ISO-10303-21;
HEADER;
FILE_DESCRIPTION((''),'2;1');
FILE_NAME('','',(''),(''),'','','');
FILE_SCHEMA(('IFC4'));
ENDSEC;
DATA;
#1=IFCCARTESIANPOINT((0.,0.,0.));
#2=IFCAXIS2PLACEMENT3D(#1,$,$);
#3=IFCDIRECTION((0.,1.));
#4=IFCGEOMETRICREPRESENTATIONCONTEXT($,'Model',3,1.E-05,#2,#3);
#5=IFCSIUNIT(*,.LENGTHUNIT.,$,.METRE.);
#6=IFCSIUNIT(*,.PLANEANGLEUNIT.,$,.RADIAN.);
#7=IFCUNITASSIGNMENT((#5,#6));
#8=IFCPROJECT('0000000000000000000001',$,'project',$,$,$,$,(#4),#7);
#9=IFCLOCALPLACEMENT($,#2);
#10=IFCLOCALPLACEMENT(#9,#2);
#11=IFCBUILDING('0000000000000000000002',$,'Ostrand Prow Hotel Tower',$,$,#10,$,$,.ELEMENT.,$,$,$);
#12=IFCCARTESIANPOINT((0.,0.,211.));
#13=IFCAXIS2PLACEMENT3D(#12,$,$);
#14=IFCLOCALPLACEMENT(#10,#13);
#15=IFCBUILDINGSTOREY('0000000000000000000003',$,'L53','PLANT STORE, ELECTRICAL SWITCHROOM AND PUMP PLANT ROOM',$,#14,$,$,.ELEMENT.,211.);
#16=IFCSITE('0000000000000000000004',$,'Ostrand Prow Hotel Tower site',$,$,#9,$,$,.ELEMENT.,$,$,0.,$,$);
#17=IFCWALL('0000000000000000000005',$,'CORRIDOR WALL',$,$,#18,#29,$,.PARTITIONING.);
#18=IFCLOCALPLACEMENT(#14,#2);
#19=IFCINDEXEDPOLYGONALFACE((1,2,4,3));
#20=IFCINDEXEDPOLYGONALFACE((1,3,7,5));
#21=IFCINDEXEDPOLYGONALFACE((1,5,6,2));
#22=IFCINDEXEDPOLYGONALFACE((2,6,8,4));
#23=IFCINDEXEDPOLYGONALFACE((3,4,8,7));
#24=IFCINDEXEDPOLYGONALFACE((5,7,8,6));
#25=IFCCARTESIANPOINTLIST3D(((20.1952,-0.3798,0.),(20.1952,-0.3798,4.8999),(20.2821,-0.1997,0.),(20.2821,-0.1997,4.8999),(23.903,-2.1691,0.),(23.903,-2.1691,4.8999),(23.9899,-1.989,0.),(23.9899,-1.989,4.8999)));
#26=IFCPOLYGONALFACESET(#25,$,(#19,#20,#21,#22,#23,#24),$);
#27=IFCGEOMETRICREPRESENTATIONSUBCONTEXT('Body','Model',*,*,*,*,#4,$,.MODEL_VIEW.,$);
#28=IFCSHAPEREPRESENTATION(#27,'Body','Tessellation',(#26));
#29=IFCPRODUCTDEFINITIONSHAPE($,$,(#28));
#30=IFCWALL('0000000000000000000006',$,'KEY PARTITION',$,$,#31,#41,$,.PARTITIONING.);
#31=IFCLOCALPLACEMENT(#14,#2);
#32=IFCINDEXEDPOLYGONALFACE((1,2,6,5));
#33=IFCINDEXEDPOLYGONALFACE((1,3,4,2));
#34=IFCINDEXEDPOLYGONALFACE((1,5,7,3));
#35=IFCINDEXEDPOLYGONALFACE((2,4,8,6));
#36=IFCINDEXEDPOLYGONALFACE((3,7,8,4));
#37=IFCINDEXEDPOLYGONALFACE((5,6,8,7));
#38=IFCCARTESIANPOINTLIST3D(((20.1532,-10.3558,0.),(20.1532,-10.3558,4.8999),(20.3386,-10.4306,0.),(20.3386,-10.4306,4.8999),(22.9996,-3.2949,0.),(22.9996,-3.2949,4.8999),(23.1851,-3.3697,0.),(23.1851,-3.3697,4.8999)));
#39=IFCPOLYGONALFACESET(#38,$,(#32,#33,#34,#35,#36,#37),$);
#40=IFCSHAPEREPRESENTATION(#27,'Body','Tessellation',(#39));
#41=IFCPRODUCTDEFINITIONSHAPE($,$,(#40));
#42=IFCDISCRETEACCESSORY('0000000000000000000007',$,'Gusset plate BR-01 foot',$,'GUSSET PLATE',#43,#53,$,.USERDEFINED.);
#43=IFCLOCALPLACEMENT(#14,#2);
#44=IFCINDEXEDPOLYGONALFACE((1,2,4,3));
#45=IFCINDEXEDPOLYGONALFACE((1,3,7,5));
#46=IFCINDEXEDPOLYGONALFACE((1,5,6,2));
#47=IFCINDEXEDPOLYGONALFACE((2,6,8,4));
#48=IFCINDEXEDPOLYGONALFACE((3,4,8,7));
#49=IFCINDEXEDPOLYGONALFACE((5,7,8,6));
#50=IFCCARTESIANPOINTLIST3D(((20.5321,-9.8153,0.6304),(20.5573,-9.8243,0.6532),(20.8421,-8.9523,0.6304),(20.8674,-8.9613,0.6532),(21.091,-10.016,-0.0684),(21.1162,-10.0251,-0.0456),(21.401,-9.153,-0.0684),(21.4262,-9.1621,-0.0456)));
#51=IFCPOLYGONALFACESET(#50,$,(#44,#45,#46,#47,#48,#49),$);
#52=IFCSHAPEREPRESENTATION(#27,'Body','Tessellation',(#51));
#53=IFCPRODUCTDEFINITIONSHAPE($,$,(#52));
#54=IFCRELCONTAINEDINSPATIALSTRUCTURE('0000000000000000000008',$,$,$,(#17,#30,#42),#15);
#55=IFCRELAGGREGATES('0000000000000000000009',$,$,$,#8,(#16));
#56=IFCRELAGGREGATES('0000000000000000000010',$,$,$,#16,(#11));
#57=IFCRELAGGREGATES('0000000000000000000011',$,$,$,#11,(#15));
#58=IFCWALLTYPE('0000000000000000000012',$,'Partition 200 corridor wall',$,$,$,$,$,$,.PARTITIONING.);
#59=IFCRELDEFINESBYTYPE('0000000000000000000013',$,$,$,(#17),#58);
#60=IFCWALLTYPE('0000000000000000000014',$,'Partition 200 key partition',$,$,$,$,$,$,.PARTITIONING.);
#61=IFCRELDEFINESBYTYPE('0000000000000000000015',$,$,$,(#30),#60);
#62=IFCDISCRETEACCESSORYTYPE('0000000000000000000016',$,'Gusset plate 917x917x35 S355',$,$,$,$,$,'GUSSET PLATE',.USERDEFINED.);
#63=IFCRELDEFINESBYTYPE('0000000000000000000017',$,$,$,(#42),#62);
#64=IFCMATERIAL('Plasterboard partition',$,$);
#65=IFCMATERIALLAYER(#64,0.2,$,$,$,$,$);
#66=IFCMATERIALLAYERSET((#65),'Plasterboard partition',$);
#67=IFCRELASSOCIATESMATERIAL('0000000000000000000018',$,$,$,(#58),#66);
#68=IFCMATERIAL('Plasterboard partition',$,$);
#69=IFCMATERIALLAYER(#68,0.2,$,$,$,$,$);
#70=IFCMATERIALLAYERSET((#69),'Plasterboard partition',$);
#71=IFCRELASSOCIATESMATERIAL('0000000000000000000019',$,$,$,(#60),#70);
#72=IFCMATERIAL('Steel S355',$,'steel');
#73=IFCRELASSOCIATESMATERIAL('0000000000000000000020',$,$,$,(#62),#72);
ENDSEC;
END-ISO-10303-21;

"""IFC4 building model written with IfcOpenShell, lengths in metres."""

from ifc_helpers import new_model, si_unit, direction, frame, frame_2d, origin, origin_2d, place, context, subcontext, project, spatial, rectangle, extrude, material, layer, layer_set, material_profile, profile_set, type_object, element, save


model = new_model("IFC4")

# Units and contexts
model_context = context("Model", 3, precision=1e-05, world=origin(), true_north=direction((0.0, 1.0)))
body_context = subcontext(model_context, "Body", "Model", "MODEL_VIEW")
ifc_project = project(units=[si_unit("LENGTHUNIT", "METRE"), si_unit("PLANEANGLEUNIT", "RADIAN")], contexts=[model_context])

# Site, building, storey
site_placement = place(None, origin())
site = spatial("IfcSite", under=ifc_project, at=site_placement, Name="Ostrand Prow Hotel Tower site", CompositionType="ELEMENT", RefElevation=0.0)
building_placement = place(site_placement, origin())
building = spatial("IfcBuilding", under=site, at=building_placement, Name="Ostrand Prow Hotel Tower", CompositionType="ELEMENT")
storey_placement = place(building_placement, frame((0.0, 0.0, 211.0)))
storey = spatial("IfcBuildingStorey", under=building, at=storey_placement, Name="L53", Description="PLANT STORE, ELECTRICAL SWITCHROOM AND PUMP PLANT ROOM", CompositionType="ELEMENT", Elevation=211.0)

# Shared definitions
ifc_material_1 = material(Name="Plasterboard partition")
ifc_layer_1 = layer(ifc_material_1, 0.2)
ifc_layer_set_1 = layer_set([ifc_layer_1], Name="Plasterboard partition")
wall_type_1 = type_object("IfcWallType", Name="Partition 200 corridor wall", PredefinedType="PARTITIONING", material=ifc_layer_set_1)

# Walls
wall_1_placement = place(storey_placement, frame((23.9465, -2.0791, 0.0), z_axis=(0.0, 0.0, 1.0), x_axis=(-0.900613, 0.434621, 0.0)))
element("IfcWall", 1, at=wall_1_placement, inside=storey, type_object=wall_type_1, Name="CORRIDOR WALL", PredefinedType="PARTITIONING", context=body_context, shape_type="SweptSolid", body=[
    extrude(rectangle(XDim=4.1169, YDim=0.2, at=frame_2d((2.0586, 0.0))), origin(), (0.0, 0.0, 1.0), 4.8999),
])
ifc_material_2 = material(Name="Plasterboard partition")
ifc_layer_2 = layer(ifc_material_2, 0.2)
ifc_layer_set_2 = layer_set([ifc_layer_2], Name="Plasterboard partition")
wall_type_2 = type_object("IfcWallType", Name="Partition 200 key partition", PredefinedType="PARTITIONING", material=ifc_layer_set_2)
wall_2_placement = place(storey_placement, frame((20.2458, -10.3933, 0.0), z_axis=(0.0, 0.0, 1.0), x_axis=(0.373894, 0.927471, 0.0)))
element("IfcWall", 2, at=wall_2_placement, inside=storey, type_object=wall_type_2, Name="KEY PARTITION", PredefinedType="PARTITIONING", context=body_context, shape_type="SweptSolid", body=[
    extrude(rectangle(XDim=7.613, YDim=0.2, at=frame_2d((3.8066, 0.0))), origin(), (0.0, 0.0, 1.0), 4.8999),
])

# Discrete accessory
ifc_material_3 = material(Name="Steel S355", Category="steel")
ifc_material_profile_1 = material_profile(ifc_material_3, rectangle(XDim=0.917, YDim=0.917, at=origin_2d()), Name="PL 917x917x35")
ifc_profile_set_1 = profile_set([ifc_material_profile_1], Name="Steel S355")
discrete_accessory_type = type_object("IfcDiscreteAccessoryType", Name="Gusset plate 917x917x35 S355", ElementType="GUSSET PLATE", PredefinedType="USERDEFINED", material=ifc_profile_set_1)
discrete_accessory_placement = place(storey_placement, frame((20.9666, -9.4841, 0.281), z_axis=(0.717165, -0.257622, 0.647537), x_axis=(0.338072, 0.94112, 0.0)))
element("IfcDiscreteAccessory", 3, at=discrete_accessory_placement, inside=storey, type_object=discrete_accessory_type, Name="Gusset plate BR-01 foot", ObjectType="GUSSET PLATE", PredefinedType="USERDEFINED", context=body_context, shape_type="SweptSolid", body=[
    extrude(rectangle(XDim=0.917, YDim=0.917, at=origin_2d()), origin(), (0.0, 0.0, 1.0), 0.0352),
])

save(model, "model.ifc")
